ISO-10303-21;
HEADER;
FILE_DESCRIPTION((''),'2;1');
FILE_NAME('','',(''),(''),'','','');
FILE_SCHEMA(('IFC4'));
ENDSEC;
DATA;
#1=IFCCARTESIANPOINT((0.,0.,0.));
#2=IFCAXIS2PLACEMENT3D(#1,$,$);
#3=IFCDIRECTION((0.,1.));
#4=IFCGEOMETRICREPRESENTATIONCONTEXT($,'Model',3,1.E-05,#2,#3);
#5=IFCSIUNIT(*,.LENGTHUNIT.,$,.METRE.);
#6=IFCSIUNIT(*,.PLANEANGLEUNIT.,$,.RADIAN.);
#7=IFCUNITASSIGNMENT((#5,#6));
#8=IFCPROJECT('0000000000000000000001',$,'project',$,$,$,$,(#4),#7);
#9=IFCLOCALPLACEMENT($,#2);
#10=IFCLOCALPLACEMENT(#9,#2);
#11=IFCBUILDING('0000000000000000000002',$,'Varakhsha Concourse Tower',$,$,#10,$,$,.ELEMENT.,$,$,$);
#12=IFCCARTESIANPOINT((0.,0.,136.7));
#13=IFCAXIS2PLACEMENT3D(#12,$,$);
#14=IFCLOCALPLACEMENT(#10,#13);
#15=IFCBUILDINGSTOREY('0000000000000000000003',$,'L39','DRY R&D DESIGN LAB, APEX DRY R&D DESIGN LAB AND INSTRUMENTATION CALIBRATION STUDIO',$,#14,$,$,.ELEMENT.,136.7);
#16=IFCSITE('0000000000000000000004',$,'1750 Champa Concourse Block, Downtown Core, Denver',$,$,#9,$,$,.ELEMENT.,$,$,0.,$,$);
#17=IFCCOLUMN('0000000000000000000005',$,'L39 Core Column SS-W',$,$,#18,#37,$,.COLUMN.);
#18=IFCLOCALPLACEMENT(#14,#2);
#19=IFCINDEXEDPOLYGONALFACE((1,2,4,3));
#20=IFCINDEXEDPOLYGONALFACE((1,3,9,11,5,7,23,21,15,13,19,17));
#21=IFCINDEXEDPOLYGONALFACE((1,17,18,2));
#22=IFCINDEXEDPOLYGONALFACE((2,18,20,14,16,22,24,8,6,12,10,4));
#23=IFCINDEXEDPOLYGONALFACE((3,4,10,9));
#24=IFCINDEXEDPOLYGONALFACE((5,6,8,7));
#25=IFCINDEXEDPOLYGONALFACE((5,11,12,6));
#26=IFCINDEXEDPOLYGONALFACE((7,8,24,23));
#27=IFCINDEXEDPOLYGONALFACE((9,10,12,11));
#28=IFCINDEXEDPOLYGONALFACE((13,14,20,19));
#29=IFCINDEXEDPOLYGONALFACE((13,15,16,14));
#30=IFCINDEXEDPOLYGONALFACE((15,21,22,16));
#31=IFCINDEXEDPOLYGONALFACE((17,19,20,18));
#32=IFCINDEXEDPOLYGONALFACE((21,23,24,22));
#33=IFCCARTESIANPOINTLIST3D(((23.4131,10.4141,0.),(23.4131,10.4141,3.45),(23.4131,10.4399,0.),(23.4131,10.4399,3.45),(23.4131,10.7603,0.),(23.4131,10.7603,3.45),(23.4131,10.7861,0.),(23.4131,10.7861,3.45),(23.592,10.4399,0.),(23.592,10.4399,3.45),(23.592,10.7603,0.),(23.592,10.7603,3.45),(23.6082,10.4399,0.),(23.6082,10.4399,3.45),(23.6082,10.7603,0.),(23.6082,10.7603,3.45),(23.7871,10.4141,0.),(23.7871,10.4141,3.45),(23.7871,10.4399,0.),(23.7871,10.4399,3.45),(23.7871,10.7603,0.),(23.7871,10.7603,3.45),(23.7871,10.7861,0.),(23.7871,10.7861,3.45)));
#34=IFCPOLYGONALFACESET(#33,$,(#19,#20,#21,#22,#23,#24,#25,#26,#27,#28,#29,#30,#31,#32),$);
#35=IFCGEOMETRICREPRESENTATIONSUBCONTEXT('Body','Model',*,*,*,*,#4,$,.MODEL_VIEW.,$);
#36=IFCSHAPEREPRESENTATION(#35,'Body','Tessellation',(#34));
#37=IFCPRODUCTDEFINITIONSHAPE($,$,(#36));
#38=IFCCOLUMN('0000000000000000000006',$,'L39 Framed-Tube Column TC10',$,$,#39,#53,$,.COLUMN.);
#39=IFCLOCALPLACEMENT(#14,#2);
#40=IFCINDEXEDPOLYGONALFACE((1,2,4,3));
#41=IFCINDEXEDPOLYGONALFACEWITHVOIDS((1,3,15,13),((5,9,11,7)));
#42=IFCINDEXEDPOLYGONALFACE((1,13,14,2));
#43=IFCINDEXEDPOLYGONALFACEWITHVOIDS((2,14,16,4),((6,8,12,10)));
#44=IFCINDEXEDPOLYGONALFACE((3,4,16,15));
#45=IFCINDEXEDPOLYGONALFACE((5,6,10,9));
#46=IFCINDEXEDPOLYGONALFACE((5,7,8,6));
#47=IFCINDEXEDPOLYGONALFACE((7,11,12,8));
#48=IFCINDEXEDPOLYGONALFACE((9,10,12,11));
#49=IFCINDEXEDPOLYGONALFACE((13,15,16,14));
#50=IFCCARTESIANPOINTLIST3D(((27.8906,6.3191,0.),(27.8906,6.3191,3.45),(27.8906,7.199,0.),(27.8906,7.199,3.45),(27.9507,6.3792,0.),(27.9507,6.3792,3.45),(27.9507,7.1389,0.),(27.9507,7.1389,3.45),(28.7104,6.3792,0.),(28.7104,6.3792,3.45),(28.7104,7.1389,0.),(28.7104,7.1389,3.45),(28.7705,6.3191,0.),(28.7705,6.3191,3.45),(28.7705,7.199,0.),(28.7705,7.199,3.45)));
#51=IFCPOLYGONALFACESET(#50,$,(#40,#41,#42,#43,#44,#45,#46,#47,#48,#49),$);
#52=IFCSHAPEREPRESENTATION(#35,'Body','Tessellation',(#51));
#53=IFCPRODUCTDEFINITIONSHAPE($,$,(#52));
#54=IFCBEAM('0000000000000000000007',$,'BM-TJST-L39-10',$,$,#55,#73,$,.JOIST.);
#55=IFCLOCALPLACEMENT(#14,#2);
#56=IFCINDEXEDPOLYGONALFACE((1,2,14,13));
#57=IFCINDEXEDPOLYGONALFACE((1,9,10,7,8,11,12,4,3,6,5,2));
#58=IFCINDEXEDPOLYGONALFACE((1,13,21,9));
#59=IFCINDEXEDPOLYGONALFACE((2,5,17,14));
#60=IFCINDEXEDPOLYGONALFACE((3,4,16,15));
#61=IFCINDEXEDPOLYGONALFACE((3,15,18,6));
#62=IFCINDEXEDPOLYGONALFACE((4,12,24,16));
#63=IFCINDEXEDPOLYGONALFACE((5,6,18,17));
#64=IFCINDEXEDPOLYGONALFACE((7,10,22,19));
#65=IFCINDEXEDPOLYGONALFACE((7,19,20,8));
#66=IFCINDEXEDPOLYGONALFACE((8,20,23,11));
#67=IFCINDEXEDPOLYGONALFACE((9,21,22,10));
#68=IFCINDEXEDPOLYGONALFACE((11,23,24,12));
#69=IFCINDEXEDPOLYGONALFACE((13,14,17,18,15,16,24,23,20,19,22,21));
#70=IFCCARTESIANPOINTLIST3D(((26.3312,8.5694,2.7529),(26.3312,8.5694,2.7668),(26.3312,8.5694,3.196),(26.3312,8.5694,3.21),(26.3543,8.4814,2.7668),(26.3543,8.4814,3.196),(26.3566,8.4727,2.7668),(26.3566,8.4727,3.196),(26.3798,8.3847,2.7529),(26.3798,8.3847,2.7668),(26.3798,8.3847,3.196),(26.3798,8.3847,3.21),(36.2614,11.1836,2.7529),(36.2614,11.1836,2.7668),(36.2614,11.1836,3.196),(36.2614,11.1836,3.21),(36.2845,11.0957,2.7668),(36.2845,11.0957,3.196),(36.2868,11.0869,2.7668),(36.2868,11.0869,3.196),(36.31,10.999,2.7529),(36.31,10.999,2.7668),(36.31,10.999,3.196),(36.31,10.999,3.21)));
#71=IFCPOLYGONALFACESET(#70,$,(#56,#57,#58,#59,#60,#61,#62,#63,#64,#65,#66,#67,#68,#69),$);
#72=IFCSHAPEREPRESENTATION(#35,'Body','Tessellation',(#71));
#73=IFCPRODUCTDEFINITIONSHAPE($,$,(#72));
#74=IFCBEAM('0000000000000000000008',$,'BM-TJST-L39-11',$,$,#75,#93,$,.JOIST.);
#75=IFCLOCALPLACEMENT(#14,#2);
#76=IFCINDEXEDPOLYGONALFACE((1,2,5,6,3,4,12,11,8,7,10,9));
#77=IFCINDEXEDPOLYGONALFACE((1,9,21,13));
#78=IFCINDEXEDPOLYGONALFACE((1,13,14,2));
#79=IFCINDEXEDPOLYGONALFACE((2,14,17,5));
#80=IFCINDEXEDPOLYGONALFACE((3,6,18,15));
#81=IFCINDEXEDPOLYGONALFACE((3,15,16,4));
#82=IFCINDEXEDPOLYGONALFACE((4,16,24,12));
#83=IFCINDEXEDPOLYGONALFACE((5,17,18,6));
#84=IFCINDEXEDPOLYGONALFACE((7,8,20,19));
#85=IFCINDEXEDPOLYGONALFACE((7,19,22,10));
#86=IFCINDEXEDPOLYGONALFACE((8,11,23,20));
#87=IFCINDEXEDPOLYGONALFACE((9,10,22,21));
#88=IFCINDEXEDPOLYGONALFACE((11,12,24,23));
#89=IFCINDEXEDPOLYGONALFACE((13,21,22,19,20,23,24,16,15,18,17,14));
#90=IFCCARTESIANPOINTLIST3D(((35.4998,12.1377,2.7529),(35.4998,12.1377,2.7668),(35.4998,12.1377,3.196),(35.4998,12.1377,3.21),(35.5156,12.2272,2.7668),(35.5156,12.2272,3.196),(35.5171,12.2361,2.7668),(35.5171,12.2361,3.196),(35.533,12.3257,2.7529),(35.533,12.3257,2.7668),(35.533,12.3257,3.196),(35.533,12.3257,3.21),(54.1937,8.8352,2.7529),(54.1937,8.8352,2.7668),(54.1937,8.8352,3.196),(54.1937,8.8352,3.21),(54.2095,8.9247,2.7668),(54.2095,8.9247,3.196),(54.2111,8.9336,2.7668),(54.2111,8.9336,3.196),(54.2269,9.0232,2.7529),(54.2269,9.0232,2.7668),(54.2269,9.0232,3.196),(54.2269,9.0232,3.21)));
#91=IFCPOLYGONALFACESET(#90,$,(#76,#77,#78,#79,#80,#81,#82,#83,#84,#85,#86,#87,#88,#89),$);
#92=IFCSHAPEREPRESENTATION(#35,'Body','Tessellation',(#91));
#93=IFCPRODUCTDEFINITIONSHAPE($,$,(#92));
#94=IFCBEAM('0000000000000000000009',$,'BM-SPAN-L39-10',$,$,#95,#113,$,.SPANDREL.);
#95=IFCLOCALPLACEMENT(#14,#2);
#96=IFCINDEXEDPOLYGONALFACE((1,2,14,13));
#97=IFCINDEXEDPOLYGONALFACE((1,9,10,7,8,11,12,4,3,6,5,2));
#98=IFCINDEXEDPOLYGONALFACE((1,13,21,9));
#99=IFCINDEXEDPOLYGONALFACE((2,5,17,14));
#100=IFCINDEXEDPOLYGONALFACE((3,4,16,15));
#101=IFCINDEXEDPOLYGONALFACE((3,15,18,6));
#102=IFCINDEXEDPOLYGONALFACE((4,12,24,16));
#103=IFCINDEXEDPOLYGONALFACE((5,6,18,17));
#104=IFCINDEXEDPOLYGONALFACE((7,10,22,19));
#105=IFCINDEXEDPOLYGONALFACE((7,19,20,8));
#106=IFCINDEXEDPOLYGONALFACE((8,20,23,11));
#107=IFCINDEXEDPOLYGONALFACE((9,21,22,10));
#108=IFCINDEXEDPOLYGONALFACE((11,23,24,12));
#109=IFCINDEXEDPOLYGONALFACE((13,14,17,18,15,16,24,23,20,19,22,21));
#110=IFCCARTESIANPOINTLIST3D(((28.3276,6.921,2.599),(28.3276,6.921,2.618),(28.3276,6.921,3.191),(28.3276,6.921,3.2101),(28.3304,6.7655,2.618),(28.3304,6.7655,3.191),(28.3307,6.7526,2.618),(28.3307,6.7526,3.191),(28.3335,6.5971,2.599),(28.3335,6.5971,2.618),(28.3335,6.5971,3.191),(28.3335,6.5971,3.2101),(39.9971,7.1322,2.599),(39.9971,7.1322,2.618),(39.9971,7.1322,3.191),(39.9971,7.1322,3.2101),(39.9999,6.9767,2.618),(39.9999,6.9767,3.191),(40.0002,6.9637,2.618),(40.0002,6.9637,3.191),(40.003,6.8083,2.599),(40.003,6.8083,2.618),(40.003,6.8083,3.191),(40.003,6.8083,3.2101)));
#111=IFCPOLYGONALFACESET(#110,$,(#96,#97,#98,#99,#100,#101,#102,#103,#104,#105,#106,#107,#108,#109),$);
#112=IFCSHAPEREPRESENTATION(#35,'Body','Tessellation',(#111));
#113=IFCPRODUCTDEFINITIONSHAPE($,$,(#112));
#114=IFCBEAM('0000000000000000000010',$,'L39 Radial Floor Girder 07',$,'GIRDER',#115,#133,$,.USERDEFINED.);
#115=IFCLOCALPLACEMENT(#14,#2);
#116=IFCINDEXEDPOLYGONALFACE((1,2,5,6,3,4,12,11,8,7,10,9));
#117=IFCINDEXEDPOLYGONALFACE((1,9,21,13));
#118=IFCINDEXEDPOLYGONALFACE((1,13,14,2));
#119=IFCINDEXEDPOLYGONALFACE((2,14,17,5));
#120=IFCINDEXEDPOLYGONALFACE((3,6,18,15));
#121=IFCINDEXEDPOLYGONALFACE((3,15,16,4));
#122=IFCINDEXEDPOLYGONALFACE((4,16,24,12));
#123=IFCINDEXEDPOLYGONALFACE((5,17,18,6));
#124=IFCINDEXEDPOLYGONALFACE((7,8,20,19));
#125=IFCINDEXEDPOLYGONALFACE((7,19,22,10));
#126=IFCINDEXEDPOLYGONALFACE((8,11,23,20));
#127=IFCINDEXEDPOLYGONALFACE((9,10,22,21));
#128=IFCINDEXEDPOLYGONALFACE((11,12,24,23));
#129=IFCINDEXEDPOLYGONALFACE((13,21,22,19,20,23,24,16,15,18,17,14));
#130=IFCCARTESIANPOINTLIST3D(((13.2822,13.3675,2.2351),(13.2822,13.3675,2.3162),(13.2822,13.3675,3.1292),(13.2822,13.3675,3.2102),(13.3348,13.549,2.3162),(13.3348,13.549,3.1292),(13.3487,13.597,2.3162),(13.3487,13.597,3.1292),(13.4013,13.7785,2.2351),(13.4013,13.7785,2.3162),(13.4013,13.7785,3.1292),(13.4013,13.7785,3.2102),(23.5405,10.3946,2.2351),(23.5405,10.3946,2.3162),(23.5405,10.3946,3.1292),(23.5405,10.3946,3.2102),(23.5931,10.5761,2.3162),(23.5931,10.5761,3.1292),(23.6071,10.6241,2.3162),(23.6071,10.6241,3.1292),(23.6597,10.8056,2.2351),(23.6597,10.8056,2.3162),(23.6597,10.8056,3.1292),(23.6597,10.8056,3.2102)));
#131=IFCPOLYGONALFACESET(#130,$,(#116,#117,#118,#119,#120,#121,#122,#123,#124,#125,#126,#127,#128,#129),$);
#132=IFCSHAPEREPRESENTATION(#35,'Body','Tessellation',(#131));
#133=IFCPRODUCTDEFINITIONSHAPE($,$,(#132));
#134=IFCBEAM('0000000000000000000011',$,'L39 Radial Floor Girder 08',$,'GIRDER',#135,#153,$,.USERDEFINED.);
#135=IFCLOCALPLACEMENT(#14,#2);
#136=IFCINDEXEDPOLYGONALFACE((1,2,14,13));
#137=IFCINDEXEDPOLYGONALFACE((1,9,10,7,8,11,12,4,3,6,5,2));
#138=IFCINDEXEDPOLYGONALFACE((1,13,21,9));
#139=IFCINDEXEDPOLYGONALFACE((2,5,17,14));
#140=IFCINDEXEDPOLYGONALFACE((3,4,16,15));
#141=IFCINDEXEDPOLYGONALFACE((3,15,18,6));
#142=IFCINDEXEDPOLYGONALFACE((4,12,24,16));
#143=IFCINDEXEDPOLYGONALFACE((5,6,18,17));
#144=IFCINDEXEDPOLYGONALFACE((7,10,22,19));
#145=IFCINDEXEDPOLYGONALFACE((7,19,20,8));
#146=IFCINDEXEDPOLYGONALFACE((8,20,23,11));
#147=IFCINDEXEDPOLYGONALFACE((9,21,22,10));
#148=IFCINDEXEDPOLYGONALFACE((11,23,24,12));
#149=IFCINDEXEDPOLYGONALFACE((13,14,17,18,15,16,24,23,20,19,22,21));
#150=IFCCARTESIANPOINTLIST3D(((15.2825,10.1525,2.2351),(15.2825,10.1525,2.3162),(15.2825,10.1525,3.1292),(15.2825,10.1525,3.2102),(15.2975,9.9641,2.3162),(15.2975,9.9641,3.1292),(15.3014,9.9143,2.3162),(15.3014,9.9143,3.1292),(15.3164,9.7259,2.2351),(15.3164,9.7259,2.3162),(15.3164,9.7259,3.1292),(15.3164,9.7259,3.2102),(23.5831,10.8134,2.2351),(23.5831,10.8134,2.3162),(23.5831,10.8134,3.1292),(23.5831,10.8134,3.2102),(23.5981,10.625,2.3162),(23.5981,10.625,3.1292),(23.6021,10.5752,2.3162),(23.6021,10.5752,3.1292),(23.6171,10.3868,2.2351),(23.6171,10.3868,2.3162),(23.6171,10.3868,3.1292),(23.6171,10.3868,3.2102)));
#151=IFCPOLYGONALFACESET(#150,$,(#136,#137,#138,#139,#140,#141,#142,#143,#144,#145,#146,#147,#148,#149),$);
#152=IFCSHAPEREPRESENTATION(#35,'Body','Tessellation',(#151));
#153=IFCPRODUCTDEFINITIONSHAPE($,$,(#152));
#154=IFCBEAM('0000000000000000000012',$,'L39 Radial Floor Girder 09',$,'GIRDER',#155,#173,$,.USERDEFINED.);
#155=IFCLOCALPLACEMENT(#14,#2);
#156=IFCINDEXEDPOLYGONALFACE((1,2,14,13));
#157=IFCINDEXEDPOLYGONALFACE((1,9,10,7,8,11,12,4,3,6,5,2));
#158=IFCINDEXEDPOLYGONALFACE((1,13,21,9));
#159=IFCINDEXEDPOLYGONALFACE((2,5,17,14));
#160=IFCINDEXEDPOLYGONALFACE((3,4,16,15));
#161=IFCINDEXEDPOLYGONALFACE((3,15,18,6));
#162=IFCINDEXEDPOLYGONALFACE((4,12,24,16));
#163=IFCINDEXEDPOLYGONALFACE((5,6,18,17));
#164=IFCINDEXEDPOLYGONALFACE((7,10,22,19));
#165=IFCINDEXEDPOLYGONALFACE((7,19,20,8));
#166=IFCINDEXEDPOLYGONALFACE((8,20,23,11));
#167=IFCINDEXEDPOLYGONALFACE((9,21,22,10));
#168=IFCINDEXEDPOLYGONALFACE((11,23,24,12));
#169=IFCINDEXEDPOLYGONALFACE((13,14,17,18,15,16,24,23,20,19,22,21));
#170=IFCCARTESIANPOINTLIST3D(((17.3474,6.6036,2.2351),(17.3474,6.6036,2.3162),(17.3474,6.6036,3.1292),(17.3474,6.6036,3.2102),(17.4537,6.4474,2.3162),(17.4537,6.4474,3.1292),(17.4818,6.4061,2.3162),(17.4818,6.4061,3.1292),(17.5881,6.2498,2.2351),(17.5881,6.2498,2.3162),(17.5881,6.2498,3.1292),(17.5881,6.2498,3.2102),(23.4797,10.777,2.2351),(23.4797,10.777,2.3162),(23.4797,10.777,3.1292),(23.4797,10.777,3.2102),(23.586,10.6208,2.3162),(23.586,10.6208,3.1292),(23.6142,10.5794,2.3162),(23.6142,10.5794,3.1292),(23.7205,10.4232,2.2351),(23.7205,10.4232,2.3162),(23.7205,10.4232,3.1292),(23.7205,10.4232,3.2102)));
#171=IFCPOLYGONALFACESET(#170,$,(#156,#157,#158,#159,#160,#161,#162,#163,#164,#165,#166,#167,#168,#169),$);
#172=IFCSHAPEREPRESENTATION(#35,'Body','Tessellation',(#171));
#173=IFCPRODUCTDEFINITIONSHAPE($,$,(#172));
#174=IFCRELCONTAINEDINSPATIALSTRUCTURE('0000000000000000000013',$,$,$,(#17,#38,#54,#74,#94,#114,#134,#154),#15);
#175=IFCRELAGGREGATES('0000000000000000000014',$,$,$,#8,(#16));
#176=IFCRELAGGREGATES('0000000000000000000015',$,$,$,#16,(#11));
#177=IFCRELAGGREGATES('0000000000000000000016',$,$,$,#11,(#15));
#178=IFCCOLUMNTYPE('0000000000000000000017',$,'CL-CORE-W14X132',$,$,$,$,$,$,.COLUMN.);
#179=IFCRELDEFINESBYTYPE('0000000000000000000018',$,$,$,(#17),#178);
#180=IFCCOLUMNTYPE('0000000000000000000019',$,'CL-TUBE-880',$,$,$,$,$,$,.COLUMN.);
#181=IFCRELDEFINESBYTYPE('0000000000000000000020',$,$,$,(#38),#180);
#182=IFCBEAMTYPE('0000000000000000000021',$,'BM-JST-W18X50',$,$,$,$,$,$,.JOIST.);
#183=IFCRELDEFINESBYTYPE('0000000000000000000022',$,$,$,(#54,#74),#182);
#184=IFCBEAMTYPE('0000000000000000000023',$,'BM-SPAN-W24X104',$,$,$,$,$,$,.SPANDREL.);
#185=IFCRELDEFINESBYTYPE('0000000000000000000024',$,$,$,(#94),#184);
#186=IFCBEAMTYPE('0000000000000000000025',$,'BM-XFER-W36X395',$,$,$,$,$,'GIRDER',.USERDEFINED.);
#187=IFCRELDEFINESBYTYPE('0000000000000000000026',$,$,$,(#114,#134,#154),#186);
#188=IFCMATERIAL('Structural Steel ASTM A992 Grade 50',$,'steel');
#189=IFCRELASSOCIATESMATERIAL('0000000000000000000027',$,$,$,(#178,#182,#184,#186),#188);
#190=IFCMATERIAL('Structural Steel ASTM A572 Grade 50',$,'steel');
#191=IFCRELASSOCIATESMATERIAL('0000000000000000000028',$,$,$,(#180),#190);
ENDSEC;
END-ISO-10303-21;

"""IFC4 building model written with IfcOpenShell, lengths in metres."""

from ifc_helpers import new_model, si_unit, direction, frame, origin, origin_2d, place, context, subcontext, project, spatial, hollow_rectangle, i_section, extrude, material, material_profile, profile_set, type_object, element, save


model = new_model("IFC4")

# Units and contexts
model_context = context("Model", 3, precision=1e-05, world=origin(), true_north=direction((0.0, 1.0)))
body_context = subcontext(model_context, "Body", "Model", "MODEL_VIEW")
ifc_project = project(units=[si_unit("LENGTHUNIT", "METRE"), si_unit("PLANEANGLEUNIT", "RADIAN")], contexts=[model_context])

# Site, building, storey
site_placement = place(None, origin())
site = spatial("IfcSite", under=ifc_project, at=site_placement, Name="1750 Champa Concourse Block, Downtown Core, Denver", CompositionType="ELEMENT", RefElevation=0.0)
building_placement = place(site_placement, origin())
building = spatial("IfcBuilding", under=site, at=building_placement, Name="Varakhsha Concourse Tower", CompositionType="ELEMENT")
storey_placement = place(building_placement, frame((0.0, 0.0, 136.7)))
storey = spatial("IfcBuildingStorey", under=building, at=storey_placement, Name="L39", Description="DRY R&D DESIGN LAB, APEX DRY R&D DESIGN LAB AND INSTRUMENTATION CALIBRATION STUDIO", CompositionType="ELEMENT", Elevation=136.7)

# Columns
ifc_material_1 = material(Name="Structural Steel ASTM A992 Grade 50", Category="steel")
ifc_material_profile_1 = material_profile(ifc_material_1, i_section(OverallWidth=0.374, OverallDepth=0.3721, WebThickness=0.0161, FlangeThickness=0.0259, at=origin_2d()), Name="W14X132")
ifc_profile_set_1 = profile_set([ifc_material_profile_1], Name="Structural Steel ASTM A992 Grade 50")
column_type_1 = type_object("IfcColumnType", Name="CL-CORE-W14X132", PredefinedType="COLUMN", material=ifc_profile_set_1)
column_1_placement = place(storey_placement, frame((23.6001, 10.6001, 0.0), z_axis=(0.0, 0.0, 1.0), x_axis=(1.0, 0.0, 0.0)))
element("IfcColumn", 1, at=column_1_placement, inside=storey, type_object=column_type_1, Name="L39 Core Column SS-W", PredefinedType="COLUMN", context=body_context, shape_type="SweptSolid", body=[
    extrude(i_section(OverallWidth=0.374, OverallDepth=0.3721, WebThickness=0.0161, FlangeThickness=0.0259, at=origin_2d()), origin(), (0.0, 0.0, 1.0), 3.45),
])
ifc_material_2 = material(Name="Structural Steel ASTM A572 Grade 50", Category="steel")
ifc_material_profile_2 = material_profile(ifc_material_2, hollow_rectangle(XDim=0.8799, YDim=0.8799, WallThickness=0.0601, at=origin_2d()), Name="BOX 880x880x60")
ifc_profile_set_2 = profile_set([ifc_material_profile_2], Name="Structural Steel ASTM A572 Grade 50")
column_type_2 = type_object("IfcColumnType", Name="CL-TUBE-880", PredefinedType="COLUMN", material=ifc_profile_set_2)
column_2_placement = place(storey_placement, frame((28.3306, 6.759, 0.0), z_axis=(0.0, 0.0, 1.0), x_axis=(1.0, 0.0, 0.0)))
element("IfcColumn", 2, at=column_2_placement, inside=storey, type_object=column_type_2, Name="L39 Framed-Tube Column TC10", PredefinedType="COLUMN", context=body_context, shape_type="SweptSolid", body=[
    extrude(hollow_rectangle(XDim=0.8799, YDim=0.8799, WallThickness=0.0601, at=origin_2d()), origin(), (0.0, 0.0, 1.0), 3.45),
])

# Beams
ifc_material_profile_3 = material_profile(ifc_material_1, i_section(OverallWidth=0.1909, OverallDepth=0.457, WebThickness=0.009, FlangeThickness=0.0139, at=origin_2d()), Name="W18X50")
ifc_profile_set_3 = profile_set([ifc_material_profile_3], Name="Structural Steel ASTM A992 Grade 50")
beam_type_1 = type_object("IfcBeamType", Name="BM-JST-W18X50", PredefinedType="JOIST", material=ifc_profile_set_3)
beam_1_placement = place(storey_placement, frame((26.3555, 8.4771, 2.9814), z_axis=(0.967049, 0.254589, 0.0), x_axis=(-0.254589, 0.967049, 0.0)))
element("IfcBeam", 3, at=beam_1_placement, inside=storey, type_object=beam_type_1, Name="BM-TJST-L39-10", PredefinedType="JOIST", context=body_context, shape_type="SweptSolid", body=[
    extrude(i_section(OverallWidth=0.1909, OverallDepth=0.457, WebThickness=0.009, FlangeThickness=0.0139, at=origin_2d()), origin(), (0.0, 0.0, 1.0), 10.2686),
])
beam_2_placement = place(storey_placement, frame((35.5164, 12.2317, 2.9814), z_axis=(0.984751, -0.173968, 0.0), x_axis=(0.173968, 0.984751, 0.0)))
element("IfcBeam", 4, at=beam_2_placement, inside=storey, type_object=beam_type_1, Name="BM-TJST-L39-11", PredefinedType="JOIST", context=body_context, shape_type="SweptSolid", body=[
    extrude(i_section(OverallWidth=0.1909, OverallDepth=0.457, WebThickness=0.009, FlangeThickness=0.0139, at=origin_2d()), origin(), (0.0, 0.0, 1.0), 18.9834),
])
ifc_material_profile_4 = material_profile(ifc_material_1, i_section(OverallWidth=0.324, OverallDepth=0.6111, WebThickness=0.0129, FlangeThickness=0.019, at=origin_2d()), Name="W24X104")
ifc_profile_set_4 = profile_set([ifc_material_profile_4], Name="Structural Steel ASTM A992 Grade 50")
beam_type_2 = type_object("IfcBeamType", Name="BM-SPAN-W24X104", PredefinedType="SPANDREL", material=ifc_profile_set_4)
beam_3_placement = place(storey_placement, frame((28.3306, 6.759, 2.9045), z_axis=(0.999836, 0.018094, 0.0), x_axis=(-0.018094, 0.999836, 0.0)))
element("IfcBeam", 5, at=beam_3_placement, inside=storey, type_object=beam_type_2, Name="BM-SPAN-L39-10", PredefinedType="SPANDREL", context=body_context, shape_type="SweptSolid", body=[
    extrude(i_section(OverallWidth=0.324, OverallDepth=0.6111, WebThickness=0.0129, FlangeThickness=0.019, at=origin_2d()), origin(), (0.0, 0.0, 1.0), 11.6714),
])
ifc_material_profile_5 = material_profile(ifc_material_1, i_section(OverallWidth=0.428, OverallDepth=0.9751, WebThickness=0.05, FlangeThickness=0.0811, at=origin_2d()), Name="W36X395")
ifc_profile_set_5 = profile_set([ifc_material_profile_5], Name="Structural Steel ASTM A992 Grade 50")
beam_type_3 = type_object("IfcBeamType", Name="BM-XFER-W36X395", ElementType="GIRDER", PredefinedType="USERDEFINED", material=ifc_profile_set_5)
beam_4_placement = place(storey_placement, frame((23.6001, 10.6001, 2.7227), z_axis=(-0.960479, 0.278351, 0.0), x_axis=(-0.278351, -0.960479, 0.0)))
element("IfcBeam", 6, at=beam_4_placement, inside=storey, type_object=beam_type_3, Name="L39 Radial Floor Girder 07", ObjectType="GIRDER", PredefinedType="USERDEFINED", context=body_context, shape_type="SweptSolid", body=[
    extrude(i_section(OverallWidth=0.428, OverallDepth=0.9751, WebThickness=0.05, FlangeThickness=0.0811, at=origin_2d()), origin(), (0.0, 0.0, 1.0), 10.6804),
])
beam_5_placement = place(storey_placement, frame((23.6001, 10.6001, 2.7227), z_axis=(-0.996845, -0.079369, 0.0), x_axis=(0.079369, -0.996845, 0.0)))
element("IfcBeam", 7, at=beam_5_placement, inside=storey, type_object=beam_type_3, Name="L39 Radial Floor Girder 08", ObjectType="GIRDER", PredefinedType="USERDEFINED", context=body_context, shape_type="SweptSolid", body=[
    extrude(i_section(OverallWidth=0.428, OverallDepth=0.9751, WebThickness=0.05, FlangeThickness=0.0811, at=origin_2d()), origin(), (0.0, 0.0, 1.0), 8.3269),
])
beam_6_placement = place(storey_placement, frame((23.6001, 10.6001, 2.7227), z_axis=(-0.826716, -0.56262, 0.0), x_axis=(0.56262, -0.826716, 0.0)))
element("IfcBeam", 8, at=beam_6_placement, inside=storey, type_object=beam_type_3, Name="L39 Radial Floor Girder 09", ObjectType="GIRDER", PredefinedType="USERDEFINED", context=body_context, shape_type="SweptSolid", body=[
    extrude(i_section(OverallWidth=0.428, OverallDepth=0.9751, WebThickness=0.05, FlangeThickness=0.0811, at=origin_2d()), origin(), (0.0, 0.0, 1.0), 7.4177),
])

save(model, "model.ifc")
